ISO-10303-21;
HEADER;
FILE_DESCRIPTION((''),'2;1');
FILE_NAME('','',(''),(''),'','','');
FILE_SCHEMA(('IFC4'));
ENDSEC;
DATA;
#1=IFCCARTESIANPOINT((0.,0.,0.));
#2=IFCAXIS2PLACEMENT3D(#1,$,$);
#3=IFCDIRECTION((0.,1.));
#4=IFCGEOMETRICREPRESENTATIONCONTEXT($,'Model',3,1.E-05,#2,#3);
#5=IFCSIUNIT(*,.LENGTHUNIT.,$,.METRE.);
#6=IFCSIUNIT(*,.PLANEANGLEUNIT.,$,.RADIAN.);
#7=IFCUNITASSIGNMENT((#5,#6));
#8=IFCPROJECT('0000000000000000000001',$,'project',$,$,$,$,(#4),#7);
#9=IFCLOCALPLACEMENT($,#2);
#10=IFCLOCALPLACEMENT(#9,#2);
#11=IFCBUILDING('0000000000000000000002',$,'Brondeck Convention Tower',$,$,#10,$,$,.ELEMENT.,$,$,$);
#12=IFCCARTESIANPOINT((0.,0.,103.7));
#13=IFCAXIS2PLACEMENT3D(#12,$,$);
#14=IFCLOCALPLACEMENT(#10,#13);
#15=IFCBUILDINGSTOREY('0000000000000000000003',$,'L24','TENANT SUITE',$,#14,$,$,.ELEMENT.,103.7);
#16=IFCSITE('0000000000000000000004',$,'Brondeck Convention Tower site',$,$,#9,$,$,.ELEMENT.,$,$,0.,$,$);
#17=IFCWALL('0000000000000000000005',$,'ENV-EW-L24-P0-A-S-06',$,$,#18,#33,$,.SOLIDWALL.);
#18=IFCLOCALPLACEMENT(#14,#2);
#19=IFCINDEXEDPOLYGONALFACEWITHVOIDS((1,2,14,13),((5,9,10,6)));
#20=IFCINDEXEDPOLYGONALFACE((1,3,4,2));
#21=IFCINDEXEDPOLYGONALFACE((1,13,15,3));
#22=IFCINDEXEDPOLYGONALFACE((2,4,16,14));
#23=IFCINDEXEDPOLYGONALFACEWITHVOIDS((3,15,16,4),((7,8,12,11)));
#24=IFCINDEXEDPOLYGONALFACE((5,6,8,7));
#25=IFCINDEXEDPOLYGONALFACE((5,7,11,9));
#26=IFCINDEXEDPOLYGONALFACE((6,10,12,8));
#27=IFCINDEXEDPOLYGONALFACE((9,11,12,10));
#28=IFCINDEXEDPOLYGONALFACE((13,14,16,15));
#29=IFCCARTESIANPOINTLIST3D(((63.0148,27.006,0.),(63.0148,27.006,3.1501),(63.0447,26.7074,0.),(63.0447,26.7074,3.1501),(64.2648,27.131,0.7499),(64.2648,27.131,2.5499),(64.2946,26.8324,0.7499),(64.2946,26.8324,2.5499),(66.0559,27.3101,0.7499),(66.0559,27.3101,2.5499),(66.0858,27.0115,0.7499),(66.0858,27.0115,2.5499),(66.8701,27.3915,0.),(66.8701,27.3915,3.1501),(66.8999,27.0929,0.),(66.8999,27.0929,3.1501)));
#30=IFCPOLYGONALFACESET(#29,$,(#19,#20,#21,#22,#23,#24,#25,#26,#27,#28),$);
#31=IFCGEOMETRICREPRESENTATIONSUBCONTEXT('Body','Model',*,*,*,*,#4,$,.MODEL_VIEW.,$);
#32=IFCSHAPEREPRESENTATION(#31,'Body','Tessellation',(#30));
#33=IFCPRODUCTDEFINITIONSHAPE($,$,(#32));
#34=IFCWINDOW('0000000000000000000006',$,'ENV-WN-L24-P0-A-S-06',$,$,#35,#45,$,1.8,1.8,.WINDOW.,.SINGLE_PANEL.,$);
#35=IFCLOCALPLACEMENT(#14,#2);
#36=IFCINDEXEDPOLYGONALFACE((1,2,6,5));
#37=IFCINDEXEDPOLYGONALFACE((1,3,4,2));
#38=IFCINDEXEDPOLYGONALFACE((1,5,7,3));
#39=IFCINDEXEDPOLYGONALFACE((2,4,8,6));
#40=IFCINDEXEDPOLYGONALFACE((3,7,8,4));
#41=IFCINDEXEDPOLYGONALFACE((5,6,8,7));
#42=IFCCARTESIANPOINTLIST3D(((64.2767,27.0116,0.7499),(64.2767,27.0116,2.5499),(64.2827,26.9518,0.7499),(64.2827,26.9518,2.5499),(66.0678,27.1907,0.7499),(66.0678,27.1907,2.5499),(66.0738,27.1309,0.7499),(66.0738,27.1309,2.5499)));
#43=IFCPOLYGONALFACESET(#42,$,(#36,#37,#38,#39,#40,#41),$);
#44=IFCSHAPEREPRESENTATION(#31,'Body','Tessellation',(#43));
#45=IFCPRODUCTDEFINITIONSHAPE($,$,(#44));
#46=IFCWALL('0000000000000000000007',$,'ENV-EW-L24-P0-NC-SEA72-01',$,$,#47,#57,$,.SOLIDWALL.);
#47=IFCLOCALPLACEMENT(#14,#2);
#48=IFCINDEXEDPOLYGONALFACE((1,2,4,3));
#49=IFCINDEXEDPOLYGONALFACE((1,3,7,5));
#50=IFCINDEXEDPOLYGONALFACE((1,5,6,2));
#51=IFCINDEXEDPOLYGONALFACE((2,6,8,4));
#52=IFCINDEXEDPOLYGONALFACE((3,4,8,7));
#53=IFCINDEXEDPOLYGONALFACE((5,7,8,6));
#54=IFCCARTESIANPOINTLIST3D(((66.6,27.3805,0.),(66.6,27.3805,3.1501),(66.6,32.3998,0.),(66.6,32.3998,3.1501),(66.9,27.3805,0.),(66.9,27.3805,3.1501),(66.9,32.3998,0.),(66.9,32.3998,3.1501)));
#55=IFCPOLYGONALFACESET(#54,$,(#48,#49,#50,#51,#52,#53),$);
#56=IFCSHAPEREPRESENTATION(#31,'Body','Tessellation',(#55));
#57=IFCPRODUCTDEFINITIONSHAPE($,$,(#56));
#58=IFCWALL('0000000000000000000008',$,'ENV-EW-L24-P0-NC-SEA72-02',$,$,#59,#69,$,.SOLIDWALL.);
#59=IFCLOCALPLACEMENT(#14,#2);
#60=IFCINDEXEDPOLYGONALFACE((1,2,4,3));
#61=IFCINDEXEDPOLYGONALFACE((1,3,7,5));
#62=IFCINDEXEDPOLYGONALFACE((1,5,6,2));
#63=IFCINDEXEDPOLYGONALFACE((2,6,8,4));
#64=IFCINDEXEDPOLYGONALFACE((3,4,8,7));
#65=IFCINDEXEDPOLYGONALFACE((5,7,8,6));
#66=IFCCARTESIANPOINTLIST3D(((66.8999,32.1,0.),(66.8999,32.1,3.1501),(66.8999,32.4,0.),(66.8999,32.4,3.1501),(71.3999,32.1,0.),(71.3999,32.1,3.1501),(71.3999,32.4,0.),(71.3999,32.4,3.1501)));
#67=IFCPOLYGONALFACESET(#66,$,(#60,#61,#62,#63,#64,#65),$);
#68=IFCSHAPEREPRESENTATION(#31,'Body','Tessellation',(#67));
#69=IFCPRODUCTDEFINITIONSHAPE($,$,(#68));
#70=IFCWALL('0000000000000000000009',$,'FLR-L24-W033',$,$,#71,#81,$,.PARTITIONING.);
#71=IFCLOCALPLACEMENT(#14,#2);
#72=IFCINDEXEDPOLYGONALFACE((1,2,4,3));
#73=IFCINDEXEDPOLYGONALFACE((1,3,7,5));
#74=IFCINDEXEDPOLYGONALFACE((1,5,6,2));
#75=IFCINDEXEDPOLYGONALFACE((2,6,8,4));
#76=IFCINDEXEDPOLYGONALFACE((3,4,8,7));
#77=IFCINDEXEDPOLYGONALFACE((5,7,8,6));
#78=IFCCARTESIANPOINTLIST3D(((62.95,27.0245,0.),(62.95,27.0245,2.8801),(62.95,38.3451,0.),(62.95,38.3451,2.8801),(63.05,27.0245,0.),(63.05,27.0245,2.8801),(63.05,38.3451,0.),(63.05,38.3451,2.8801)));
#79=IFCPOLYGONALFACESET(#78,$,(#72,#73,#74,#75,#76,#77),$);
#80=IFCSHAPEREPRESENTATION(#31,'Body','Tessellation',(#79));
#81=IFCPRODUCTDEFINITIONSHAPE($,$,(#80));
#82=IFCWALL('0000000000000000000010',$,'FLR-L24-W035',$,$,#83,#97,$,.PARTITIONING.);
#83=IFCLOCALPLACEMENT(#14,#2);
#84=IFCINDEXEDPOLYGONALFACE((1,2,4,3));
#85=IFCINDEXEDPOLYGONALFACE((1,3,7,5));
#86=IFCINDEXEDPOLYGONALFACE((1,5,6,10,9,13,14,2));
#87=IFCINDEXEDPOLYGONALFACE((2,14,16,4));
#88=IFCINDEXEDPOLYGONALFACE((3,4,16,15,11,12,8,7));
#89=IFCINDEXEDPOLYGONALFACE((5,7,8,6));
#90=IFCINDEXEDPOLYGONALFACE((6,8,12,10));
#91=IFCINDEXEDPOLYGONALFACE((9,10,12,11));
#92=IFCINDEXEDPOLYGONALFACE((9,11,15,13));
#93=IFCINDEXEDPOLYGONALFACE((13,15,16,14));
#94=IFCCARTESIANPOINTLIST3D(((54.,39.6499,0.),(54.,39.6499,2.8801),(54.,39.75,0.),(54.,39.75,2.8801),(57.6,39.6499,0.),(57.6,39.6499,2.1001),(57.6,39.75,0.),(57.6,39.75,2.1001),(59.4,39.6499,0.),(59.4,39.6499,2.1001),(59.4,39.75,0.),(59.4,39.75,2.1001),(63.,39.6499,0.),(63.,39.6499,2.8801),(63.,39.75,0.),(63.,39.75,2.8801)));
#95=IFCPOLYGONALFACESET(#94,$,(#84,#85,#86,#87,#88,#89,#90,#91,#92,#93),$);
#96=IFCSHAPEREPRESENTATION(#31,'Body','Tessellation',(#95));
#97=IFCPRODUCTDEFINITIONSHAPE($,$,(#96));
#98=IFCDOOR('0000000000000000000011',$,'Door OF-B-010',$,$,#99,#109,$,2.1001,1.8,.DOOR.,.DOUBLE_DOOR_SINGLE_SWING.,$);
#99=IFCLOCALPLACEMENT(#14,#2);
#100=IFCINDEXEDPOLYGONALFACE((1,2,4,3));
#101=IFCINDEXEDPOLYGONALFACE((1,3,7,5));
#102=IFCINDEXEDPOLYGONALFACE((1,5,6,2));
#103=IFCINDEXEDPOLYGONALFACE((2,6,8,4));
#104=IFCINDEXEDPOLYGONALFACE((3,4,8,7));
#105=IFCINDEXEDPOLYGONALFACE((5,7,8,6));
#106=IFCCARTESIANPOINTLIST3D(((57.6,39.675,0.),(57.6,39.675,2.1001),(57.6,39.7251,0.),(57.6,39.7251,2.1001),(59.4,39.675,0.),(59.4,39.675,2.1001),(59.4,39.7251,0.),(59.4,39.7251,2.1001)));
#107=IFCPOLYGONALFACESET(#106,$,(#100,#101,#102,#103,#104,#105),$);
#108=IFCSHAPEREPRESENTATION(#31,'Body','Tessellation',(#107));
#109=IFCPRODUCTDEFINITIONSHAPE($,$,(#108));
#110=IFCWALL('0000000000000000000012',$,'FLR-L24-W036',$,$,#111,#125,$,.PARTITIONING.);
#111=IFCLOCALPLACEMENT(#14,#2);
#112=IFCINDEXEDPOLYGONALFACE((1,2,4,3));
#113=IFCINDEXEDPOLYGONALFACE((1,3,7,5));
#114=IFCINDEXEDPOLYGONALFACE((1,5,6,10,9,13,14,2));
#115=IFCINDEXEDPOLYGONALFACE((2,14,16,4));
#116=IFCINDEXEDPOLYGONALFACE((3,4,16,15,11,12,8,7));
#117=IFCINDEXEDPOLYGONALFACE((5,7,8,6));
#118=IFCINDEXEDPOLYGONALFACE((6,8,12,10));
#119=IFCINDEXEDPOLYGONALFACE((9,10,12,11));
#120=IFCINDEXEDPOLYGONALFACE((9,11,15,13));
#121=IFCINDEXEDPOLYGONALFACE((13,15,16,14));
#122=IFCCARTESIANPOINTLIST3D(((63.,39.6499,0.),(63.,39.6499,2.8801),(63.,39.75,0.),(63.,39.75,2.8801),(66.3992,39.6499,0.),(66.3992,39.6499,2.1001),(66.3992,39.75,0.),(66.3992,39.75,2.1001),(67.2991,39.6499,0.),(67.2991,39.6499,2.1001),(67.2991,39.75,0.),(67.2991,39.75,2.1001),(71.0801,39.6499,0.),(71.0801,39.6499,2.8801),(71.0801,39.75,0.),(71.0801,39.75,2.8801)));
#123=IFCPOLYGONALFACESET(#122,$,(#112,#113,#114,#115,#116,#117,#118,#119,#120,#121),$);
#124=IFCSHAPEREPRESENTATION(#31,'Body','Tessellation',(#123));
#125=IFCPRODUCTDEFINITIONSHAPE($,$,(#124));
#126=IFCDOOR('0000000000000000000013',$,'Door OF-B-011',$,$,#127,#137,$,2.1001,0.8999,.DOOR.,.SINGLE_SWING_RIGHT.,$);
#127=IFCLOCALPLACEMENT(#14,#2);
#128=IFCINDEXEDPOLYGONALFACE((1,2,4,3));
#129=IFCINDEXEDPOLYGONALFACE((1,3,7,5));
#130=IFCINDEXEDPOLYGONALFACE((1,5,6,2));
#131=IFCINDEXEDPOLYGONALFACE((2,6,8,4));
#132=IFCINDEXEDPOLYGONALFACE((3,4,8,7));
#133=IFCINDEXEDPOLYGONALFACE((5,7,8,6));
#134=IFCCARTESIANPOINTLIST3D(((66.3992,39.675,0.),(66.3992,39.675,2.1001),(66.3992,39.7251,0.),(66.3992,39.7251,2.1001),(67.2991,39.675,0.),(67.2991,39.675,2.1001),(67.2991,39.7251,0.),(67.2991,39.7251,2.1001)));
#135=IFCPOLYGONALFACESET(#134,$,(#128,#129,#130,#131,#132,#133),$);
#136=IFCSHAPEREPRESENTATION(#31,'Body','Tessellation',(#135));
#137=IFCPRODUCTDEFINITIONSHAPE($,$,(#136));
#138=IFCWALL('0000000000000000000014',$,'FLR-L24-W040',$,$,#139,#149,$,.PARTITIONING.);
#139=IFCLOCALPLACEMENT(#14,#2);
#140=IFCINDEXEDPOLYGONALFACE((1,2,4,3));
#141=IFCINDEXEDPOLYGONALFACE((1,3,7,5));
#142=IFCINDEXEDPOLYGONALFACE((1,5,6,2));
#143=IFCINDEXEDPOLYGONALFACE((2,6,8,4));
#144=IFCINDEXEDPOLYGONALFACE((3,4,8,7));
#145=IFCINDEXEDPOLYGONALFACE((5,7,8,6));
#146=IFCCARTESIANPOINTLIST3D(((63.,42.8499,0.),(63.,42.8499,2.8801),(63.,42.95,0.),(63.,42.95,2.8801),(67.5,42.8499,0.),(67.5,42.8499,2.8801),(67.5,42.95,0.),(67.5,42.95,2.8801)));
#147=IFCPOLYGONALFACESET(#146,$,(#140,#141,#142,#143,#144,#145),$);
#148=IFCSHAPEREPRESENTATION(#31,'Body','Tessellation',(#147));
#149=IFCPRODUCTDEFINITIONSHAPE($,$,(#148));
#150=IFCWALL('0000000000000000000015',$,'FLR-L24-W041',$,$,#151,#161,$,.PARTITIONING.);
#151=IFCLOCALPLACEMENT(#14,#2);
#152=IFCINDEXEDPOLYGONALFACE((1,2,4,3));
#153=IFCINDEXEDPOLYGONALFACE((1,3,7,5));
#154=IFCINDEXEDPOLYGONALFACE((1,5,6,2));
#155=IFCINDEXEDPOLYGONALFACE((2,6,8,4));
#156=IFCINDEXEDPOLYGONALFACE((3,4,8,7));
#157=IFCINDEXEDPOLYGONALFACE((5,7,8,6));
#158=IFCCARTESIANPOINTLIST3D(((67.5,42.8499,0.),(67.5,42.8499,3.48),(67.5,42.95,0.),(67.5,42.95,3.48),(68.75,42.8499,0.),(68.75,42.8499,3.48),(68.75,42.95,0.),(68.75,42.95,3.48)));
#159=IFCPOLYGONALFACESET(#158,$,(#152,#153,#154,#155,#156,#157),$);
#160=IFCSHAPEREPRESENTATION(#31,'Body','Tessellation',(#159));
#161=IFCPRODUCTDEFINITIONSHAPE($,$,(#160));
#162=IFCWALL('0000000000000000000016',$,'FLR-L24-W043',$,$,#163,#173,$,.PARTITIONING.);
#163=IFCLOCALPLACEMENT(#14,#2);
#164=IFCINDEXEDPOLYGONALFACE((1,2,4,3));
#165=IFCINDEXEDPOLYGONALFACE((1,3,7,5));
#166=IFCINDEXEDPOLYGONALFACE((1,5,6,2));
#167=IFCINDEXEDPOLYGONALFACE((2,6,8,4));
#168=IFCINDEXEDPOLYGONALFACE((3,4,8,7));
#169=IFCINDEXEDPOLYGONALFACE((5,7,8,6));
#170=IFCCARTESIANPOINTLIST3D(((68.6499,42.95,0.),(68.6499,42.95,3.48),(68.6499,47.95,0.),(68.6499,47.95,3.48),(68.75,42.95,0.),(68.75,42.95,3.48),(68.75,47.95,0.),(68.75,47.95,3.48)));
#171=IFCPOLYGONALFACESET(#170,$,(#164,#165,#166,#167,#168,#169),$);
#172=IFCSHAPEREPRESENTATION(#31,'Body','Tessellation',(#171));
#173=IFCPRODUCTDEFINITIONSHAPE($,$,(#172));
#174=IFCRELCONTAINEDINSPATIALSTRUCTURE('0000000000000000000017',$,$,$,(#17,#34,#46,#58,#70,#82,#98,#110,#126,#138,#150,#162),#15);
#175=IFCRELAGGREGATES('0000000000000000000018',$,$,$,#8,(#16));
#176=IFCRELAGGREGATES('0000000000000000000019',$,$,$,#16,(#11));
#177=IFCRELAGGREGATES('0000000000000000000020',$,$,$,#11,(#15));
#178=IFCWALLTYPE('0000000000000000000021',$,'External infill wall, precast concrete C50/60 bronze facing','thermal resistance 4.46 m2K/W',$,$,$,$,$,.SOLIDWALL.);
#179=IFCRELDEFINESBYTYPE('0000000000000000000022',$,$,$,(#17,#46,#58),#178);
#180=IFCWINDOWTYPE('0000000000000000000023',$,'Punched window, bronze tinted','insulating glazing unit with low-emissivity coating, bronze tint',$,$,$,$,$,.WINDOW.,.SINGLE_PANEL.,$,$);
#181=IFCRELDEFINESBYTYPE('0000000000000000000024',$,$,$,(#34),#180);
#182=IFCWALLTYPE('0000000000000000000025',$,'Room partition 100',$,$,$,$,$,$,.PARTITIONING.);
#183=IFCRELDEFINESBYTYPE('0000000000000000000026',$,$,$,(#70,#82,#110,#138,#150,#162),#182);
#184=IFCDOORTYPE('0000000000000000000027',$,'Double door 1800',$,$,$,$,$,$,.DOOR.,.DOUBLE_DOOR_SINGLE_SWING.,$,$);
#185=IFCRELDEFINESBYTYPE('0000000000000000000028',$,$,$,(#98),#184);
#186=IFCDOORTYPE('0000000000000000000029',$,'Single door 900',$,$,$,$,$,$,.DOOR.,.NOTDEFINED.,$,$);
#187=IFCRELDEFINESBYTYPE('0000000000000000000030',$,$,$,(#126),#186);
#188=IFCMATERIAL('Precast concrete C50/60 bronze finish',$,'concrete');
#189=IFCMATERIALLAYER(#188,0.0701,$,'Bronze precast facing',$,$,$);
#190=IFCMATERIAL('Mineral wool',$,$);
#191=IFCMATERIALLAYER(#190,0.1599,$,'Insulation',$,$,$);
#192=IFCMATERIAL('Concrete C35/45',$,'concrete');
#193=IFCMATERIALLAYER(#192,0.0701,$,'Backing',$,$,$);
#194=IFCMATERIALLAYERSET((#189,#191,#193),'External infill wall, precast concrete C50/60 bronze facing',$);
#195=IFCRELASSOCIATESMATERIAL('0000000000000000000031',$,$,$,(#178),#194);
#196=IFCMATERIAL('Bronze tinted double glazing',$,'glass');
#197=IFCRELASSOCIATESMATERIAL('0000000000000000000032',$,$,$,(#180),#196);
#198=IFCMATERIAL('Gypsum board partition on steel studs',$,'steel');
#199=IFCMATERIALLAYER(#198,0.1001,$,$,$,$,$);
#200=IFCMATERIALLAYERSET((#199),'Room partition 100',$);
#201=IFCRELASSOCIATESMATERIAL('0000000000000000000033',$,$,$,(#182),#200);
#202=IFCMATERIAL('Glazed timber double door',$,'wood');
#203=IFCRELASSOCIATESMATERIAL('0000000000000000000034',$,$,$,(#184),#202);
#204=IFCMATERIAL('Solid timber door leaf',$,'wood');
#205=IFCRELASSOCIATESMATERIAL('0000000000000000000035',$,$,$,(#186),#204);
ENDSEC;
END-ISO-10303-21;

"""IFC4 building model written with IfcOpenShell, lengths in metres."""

from ifc_helpers import new_model, si_unit, direction, frame, frame_2d, origin, place, context, subcontext, project, spatial, rectangle, extrude, material, layer, layer_set, type_object, element, fill, save


model = new_model("IFC4")

# Units and contexts
model_context = context("Model", 3, precision=1e-05, world=origin(), true_north=direction((0.0, 1.0)))
body_context = subcontext(model_context, "Body", "Model", "MODEL_VIEW")
ifc_project = project(units=[si_unit("LENGTHUNIT", "METRE"), si_unit("PLANEANGLEUNIT", "RADIAN")], contexts=[model_context])

# Site, building, storey
site_placement = place(None, origin())
site = spatial("IfcSite", under=ifc_project, at=site_placement, Name="Brondeck Convention Tower site", CompositionType="ELEMENT", RefElevation=0.0)
building_placement = place(site_placement, origin())
building = spatial("IfcBuilding", under=site, at=building_placement, Name="Brondeck Convention Tower", CompositionType="ELEMENT")
storey_placement = place(building_placement, frame((0.0, 0.0, 103.7)))
storey = spatial("IfcBuildingStorey", under=building, at=storey_placement, Name="L24", Description="TENANT SUITE", CompositionType="ELEMENT", Elevation=103.7)

# Shared definitions
ifc_material_1 = material(Name="Precast concrete C50/60 bronze finish", Category="concrete")
ifc_layer_1 = layer(ifc_material_1, 0.0701, Name="Bronze precast facing")
ifc_material_2 = material(Name="Mineral wool")
ifc_layer_2 = layer(ifc_material_2, 0.1599, Name="Insulation")
ifc_material_3 = material(Name="Concrete C35/45", Category="concrete")
ifc_layer_3 = layer(ifc_material_3, 0.0701, Name="Backing")
ifc_layer_set_1 = layer_set([ifc_layer_1, ifc_layer_2, ifc_layer_3], Name="External infill wall, precast concrete C50/60 bronze facing")
wall_type_1 = type_object("IfcWallType", Name="External infill wall, precast concrete C50/60 bronze facing", Description="thermal resistance 4.46 m2K/W", PredefinedType="SOLIDWALL", material=ifc_layer_set_1)
ifc_material_4 = material(Name="Bronze tinted double glazing", Category="glass")
window_type_1 = type_object("IfcWindowType", Name="Punched window, bronze tinted", Description="insulating glazing unit with low-emissivity coating, bronze tint", PartitioningType="SINGLE_PANEL", PredefinedType="WINDOW", material=ifc_material_4)

# Wall, opening, window
wall_1_placement = place(storey_placement, frame((66.885, 27.2422, 0.0), z_axis=(0.0, 0.0, 1.0), x_axis=(-0.995038, -0.099497, 0.0)))
wall_1 = element("IfcWall", 1, at=wall_1_placement, inside=storey, type_object=wall_type_1, Name="ENV-EW-L24-P0-A-S-06", PredefinedType="SOLIDWALL", context=body_context, shape_type="SweptSolid", body=[
    extrude(rectangle(XDim=3.8745, YDim=0.3, at=frame_2d((1.9373, 0.0))), origin(), (0.0, 0.0, 1.0), 3.1501),
])
opening_1_placement = place(wall_1_placement, frame((0.8184, 0.0, 0.75)))
opening_1 = element("IfcOpeningElement", 2, at=opening_1_placement, cuts=wall_1, PredefinedType="OPENING", context=body_context, shape_type="SweptSolid", body=[
    extrude(rectangle(XDim=1.8, YDim=1.8, at=frame_2d((0.8999, 0.8999))), frame((0.0, 0.1599, 0.0), z_axis=(0.0, -1.0, 0.0), x_axis=(1.0, 0.0, 0.0)), (0.0, 0.0, 1.0), 0.3201),
])
window_1_placement = place(opening_1_placement, origin())
window_1 = element("IfcWindow", 3, at=window_1_placement, inside=storey, type_object=window_type_1, Name="ENV-WN-L24-P0-A-S-06", OverallHeight=1.8, OverallWidth=1.8, PartitioningType="SINGLE_PANEL", PredefinedType="WINDOW", context=body_context, shape_type="SweptSolid", body=[
    extrude(rectangle(XDim=1.8, YDim=1.8, at=frame_2d((0.8999, 0.8999))), frame((0.0, 0.03, 0.0), z_axis=(0.0, -1.0, 0.0), x_axis=(1.0, 0.0, 0.0)), (0.0, 0.0, 1.0), 0.0601),
])
fill(opening_1, window_1)

# Walls
wall_2_placement = place(storey_placement, frame((66.75, 32.3999, 0.0), z_axis=(0.0, 0.0, 1.0), x_axis=(0.0, -1.0, 0.0)))
element("IfcWall", 4, at=wall_2_placement, inside=storey, type_object=wall_type_1, Name="ENV-EW-L24-P0-NC-SEA72-01", PredefinedType="SOLIDWALL", context=body_context, shape_type="SweptSolid", body=[
    extrude(rectangle(XDim=5.0193, YDim=0.3, at=frame_2d((2.5098, 0.0))), origin(), (0.0, 0.0, 1.0), 3.1501),
])
wall_3_placement = place(storey_placement, frame((71.3999, 32.25, 0.0), z_axis=(0.0, 0.0, 1.0), x_axis=(-1.0, 0.0, 0.0)))
element("IfcWall", 5, at=wall_3_placement, inside=storey, type_object=wall_type_1, Name="ENV-EW-L24-P0-NC-SEA72-02", PredefinedType="SOLIDWALL", context=body_context, shape_type="SweptSolid", body=[
    extrude(rectangle(XDim=4.5, YDim=0.3, at=frame_2d((2.25, 0.0))), origin(), (0.0, 0.0, 1.0), 3.1501),
])
ifc_material_5 = material(Name="Gypsum board partition on steel studs", Category="steel")
ifc_layer_4 = layer(ifc_material_5, 0.1001)
ifc_layer_set_2 = layer_set([ifc_layer_4], Name="Room partition 100")
wall_type_2 = type_object("IfcWallType", Name="Room partition 100", PredefinedType="PARTITIONING", material=ifc_layer_set_2)
wall_4_placement = place(storey_placement, frame((63.0, 38.345, 0.0), z_axis=(0.0, 0.0, 1.0), x_axis=(0.0, -1.0, 0.0)))
element("IfcWall", 6, at=wall_4_placement, inside=storey, type_object=wall_type_2, Name="FLR-L24-W033", PredefinedType="PARTITIONING", context=body_context, shape_type="SweptSolid", body=[
    extrude(rectangle(XDim=11.3206, YDim=0.1001, at=frame_2d((5.6602, 0.0))), origin(), (0.0, 0.0, 1.0), 2.8801),
])

# Walls, openings, doors
wall_5_placement = place(storey_placement, frame((63.0, 39.7, 0.0), z_axis=(0.0, 0.0, 1.0), x_axis=(-1.0, 0.0, 0.0)))
wall_5 = element("IfcWall", 7, at=wall_5_placement, inside=storey, type_object=wall_type_2, Name="FLR-L24-W035", PredefinedType="PARTITIONING", context=body_context, shape_type="SweptSolid", body=[
    extrude(rectangle(XDim=9.0, YDim=0.1001, at=frame_2d((4.5, 0.0))), origin(), (0.0, 0.0, 1.0), 2.8801),
])
opening_2_placement = place(wall_5_placement, frame((3.6001, 0.0, 0.0)))
opening_2 = element("IfcOpeningElement", 8, at=opening_2_placement, cuts=wall_5, PredefinedType="OPENING", context=body_context, shape_type="SweptSolid", body=[
    extrude(rectangle(XDim=1.8, YDim=2.1001, at=frame_2d((0.8999, 1.05))), frame((0.0, 0.0601, 0.0), z_axis=(0.0, -1.0, 0.0), x_axis=(1.0, 0.0, 0.0)), (0.0, 0.0, 1.0), 0.1201),
])
ifc_material_6 = material(Name="Glazed timber double door", Category="wood")
door_type_1 = type_object("IfcDoorType", Name="Double door 1800", OperationType="DOUBLE_DOOR_SINGLE_SWING", PredefinedType="DOOR", material=ifc_material_6)
door_1_placement = place(opening_2_placement, origin())
door_1 = element("IfcDoor", 9, at=door_1_placement, inside=storey, type_object=door_type_1, Name="Door OF-B-010", OperationType="DOUBLE_DOOR_SINGLE_SWING", OverallHeight=2.1001, OverallWidth=1.8, PredefinedType="DOOR", context=body_context, shape_type="SweptSolid", body=[
    extrude(rectangle(XDim=1.8, YDim=2.1001, at=frame_2d((0.8999, 1.05))), frame((0.0, 0.0249, 0.0), z_axis=(0.0, -1.0, 0.0), x_axis=(1.0, 0.0, 0.0)), (0.0, 0.0, 1.0), 0.05),
])
fill(opening_2, door_1)
wall_6_placement = place(storey_placement, frame((71.0801, 39.7, 0.0), z_axis=(0.0, 0.0, 1.0), x_axis=(-1.0, 0.0, 0.0)))
wall_6 = element("IfcWall", 10, at=wall_6_placement, inside=storey, type_object=wall_type_2, Name="FLR-L24-W036", PredefinedType="PARTITIONING", context=body_context, shape_type="SweptSolid", body=[
    extrude(rectangle(XDim=8.0801, YDim=0.1001, at=frame_2d((4.04, 0.0))), origin(), (0.0, 0.0, 1.0), 2.8801),
])
opening_3_placement = place(wall_6_placement, frame((3.781, 0.0, 0.0)))
opening_3 = element("IfcOpeningElement", 11, at=opening_3_placement, cuts=wall_6, PredefinedType="OPENING", context=body_context, shape_type="SweptSolid", body=[
    extrude(rectangle(XDim=0.8999, YDim=2.1001, at=frame_2d((0.45, 1.05))), frame((0.0, 0.0601, 0.0), z_axis=(0.0, -1.0, 0.0), x_axis=(1.0, 0.0, 0.0)), (0.0, 0.0, 1.0), 0.1201),
])
ifc_material_7 = material(Name="Solid timber door leaf", Category="wood")
door_type_2 = type_object("IfcDoorType", Name="Single door 900", OperationType="NOTDEFINED", PredefinedType="DOOR", material=ifc_material_7)
door_2_placement = place(opening_3_placement, origin())
door_2 = element("IfcDoor", 12, at=door_2_placement, inside=storey, type_object=door_type_2, Name="Door OF-B-011", OperationType="SINGLE_SWING_RIGHT", OverallHeight=2.1001, OverallWidth=0.8999, PredefinedType="DOOR", context=body_context, shape_type="SweptSolid", body=[
    extrude(rectangle(XDim=0.8999, YDim=2.1001, at=frame_2d((0.45, 1.05))), frame((0.0, 0.0249, 0.0), z_axis=(0.0, -1.0, 0.0), x_axis=(1.0, 0.0, 0.0)), (0.0, 0.0, 1.0), 0.05),
])
fill(opening_3, door_2)

# Walls
wall_7_placement = place(storey_placement, frame((63.0, 42.8999, 0.0), z_axis=(0.0, 0.0, 1.0), x_axis=(1.0, 0.0, 0.0)))
element("IfcWall", 13, at=wall_7_placement, inside=storey, type_object=wall_type_2, Name="FLR-L24-W040", PredefinedType="PARTITIONING", context=body_context, shape_type="SweptSolid", body=[
    extrude(rectangle(XDim=4.5, YDim=0.1001, at=frame_2d((2.25, 0.0))), origin(), (0.0, 0.0, 1.0), 2.8801),
])
wall_8_placement = place(storey_placement, frame((67.5, 42.8999, 0.0), z_axis=(0.0, 0.0, 1.0), x_axis=(1.0, 0.0, 0.0)))
element("IfcWall", 14, at=wall_8_placement, inside=storey, type_object=wall_type_2, Name="FLR-L24-W041", PredefinedType="PARTITIONING", context=body_context, shape_type="SweptSolid", body=[
    extrude(rectangle(XDim=1.25, YDim=0.1001, at=frame_2d((0.625, 0.0))), origin(), (0.0, 0.0, 1.0), 3.48),
])
wall_9_placement = place(storey_placement, frame((68.7, 42.95, 0.0), z_axis=(0.0, 0.0, 1.0), x_axis=(0.0, 1.0, 0.0)))
element("IfcWall", 15, at=wall_9_placement, inside=storey, type_object=wall_type_2, Name="FLR-L24-W043", PredefinedType="PARTITIONING", context=body_context, shape_type="SweptSolid", body=[
    extrude(rectangle(XDim=5.0, YDim=0.1001, at=frame_2d((2.5, 0.0))), origin(), (0.0, 0.0, 1.0), 3.48),
])

save(model, "model.ifc")
